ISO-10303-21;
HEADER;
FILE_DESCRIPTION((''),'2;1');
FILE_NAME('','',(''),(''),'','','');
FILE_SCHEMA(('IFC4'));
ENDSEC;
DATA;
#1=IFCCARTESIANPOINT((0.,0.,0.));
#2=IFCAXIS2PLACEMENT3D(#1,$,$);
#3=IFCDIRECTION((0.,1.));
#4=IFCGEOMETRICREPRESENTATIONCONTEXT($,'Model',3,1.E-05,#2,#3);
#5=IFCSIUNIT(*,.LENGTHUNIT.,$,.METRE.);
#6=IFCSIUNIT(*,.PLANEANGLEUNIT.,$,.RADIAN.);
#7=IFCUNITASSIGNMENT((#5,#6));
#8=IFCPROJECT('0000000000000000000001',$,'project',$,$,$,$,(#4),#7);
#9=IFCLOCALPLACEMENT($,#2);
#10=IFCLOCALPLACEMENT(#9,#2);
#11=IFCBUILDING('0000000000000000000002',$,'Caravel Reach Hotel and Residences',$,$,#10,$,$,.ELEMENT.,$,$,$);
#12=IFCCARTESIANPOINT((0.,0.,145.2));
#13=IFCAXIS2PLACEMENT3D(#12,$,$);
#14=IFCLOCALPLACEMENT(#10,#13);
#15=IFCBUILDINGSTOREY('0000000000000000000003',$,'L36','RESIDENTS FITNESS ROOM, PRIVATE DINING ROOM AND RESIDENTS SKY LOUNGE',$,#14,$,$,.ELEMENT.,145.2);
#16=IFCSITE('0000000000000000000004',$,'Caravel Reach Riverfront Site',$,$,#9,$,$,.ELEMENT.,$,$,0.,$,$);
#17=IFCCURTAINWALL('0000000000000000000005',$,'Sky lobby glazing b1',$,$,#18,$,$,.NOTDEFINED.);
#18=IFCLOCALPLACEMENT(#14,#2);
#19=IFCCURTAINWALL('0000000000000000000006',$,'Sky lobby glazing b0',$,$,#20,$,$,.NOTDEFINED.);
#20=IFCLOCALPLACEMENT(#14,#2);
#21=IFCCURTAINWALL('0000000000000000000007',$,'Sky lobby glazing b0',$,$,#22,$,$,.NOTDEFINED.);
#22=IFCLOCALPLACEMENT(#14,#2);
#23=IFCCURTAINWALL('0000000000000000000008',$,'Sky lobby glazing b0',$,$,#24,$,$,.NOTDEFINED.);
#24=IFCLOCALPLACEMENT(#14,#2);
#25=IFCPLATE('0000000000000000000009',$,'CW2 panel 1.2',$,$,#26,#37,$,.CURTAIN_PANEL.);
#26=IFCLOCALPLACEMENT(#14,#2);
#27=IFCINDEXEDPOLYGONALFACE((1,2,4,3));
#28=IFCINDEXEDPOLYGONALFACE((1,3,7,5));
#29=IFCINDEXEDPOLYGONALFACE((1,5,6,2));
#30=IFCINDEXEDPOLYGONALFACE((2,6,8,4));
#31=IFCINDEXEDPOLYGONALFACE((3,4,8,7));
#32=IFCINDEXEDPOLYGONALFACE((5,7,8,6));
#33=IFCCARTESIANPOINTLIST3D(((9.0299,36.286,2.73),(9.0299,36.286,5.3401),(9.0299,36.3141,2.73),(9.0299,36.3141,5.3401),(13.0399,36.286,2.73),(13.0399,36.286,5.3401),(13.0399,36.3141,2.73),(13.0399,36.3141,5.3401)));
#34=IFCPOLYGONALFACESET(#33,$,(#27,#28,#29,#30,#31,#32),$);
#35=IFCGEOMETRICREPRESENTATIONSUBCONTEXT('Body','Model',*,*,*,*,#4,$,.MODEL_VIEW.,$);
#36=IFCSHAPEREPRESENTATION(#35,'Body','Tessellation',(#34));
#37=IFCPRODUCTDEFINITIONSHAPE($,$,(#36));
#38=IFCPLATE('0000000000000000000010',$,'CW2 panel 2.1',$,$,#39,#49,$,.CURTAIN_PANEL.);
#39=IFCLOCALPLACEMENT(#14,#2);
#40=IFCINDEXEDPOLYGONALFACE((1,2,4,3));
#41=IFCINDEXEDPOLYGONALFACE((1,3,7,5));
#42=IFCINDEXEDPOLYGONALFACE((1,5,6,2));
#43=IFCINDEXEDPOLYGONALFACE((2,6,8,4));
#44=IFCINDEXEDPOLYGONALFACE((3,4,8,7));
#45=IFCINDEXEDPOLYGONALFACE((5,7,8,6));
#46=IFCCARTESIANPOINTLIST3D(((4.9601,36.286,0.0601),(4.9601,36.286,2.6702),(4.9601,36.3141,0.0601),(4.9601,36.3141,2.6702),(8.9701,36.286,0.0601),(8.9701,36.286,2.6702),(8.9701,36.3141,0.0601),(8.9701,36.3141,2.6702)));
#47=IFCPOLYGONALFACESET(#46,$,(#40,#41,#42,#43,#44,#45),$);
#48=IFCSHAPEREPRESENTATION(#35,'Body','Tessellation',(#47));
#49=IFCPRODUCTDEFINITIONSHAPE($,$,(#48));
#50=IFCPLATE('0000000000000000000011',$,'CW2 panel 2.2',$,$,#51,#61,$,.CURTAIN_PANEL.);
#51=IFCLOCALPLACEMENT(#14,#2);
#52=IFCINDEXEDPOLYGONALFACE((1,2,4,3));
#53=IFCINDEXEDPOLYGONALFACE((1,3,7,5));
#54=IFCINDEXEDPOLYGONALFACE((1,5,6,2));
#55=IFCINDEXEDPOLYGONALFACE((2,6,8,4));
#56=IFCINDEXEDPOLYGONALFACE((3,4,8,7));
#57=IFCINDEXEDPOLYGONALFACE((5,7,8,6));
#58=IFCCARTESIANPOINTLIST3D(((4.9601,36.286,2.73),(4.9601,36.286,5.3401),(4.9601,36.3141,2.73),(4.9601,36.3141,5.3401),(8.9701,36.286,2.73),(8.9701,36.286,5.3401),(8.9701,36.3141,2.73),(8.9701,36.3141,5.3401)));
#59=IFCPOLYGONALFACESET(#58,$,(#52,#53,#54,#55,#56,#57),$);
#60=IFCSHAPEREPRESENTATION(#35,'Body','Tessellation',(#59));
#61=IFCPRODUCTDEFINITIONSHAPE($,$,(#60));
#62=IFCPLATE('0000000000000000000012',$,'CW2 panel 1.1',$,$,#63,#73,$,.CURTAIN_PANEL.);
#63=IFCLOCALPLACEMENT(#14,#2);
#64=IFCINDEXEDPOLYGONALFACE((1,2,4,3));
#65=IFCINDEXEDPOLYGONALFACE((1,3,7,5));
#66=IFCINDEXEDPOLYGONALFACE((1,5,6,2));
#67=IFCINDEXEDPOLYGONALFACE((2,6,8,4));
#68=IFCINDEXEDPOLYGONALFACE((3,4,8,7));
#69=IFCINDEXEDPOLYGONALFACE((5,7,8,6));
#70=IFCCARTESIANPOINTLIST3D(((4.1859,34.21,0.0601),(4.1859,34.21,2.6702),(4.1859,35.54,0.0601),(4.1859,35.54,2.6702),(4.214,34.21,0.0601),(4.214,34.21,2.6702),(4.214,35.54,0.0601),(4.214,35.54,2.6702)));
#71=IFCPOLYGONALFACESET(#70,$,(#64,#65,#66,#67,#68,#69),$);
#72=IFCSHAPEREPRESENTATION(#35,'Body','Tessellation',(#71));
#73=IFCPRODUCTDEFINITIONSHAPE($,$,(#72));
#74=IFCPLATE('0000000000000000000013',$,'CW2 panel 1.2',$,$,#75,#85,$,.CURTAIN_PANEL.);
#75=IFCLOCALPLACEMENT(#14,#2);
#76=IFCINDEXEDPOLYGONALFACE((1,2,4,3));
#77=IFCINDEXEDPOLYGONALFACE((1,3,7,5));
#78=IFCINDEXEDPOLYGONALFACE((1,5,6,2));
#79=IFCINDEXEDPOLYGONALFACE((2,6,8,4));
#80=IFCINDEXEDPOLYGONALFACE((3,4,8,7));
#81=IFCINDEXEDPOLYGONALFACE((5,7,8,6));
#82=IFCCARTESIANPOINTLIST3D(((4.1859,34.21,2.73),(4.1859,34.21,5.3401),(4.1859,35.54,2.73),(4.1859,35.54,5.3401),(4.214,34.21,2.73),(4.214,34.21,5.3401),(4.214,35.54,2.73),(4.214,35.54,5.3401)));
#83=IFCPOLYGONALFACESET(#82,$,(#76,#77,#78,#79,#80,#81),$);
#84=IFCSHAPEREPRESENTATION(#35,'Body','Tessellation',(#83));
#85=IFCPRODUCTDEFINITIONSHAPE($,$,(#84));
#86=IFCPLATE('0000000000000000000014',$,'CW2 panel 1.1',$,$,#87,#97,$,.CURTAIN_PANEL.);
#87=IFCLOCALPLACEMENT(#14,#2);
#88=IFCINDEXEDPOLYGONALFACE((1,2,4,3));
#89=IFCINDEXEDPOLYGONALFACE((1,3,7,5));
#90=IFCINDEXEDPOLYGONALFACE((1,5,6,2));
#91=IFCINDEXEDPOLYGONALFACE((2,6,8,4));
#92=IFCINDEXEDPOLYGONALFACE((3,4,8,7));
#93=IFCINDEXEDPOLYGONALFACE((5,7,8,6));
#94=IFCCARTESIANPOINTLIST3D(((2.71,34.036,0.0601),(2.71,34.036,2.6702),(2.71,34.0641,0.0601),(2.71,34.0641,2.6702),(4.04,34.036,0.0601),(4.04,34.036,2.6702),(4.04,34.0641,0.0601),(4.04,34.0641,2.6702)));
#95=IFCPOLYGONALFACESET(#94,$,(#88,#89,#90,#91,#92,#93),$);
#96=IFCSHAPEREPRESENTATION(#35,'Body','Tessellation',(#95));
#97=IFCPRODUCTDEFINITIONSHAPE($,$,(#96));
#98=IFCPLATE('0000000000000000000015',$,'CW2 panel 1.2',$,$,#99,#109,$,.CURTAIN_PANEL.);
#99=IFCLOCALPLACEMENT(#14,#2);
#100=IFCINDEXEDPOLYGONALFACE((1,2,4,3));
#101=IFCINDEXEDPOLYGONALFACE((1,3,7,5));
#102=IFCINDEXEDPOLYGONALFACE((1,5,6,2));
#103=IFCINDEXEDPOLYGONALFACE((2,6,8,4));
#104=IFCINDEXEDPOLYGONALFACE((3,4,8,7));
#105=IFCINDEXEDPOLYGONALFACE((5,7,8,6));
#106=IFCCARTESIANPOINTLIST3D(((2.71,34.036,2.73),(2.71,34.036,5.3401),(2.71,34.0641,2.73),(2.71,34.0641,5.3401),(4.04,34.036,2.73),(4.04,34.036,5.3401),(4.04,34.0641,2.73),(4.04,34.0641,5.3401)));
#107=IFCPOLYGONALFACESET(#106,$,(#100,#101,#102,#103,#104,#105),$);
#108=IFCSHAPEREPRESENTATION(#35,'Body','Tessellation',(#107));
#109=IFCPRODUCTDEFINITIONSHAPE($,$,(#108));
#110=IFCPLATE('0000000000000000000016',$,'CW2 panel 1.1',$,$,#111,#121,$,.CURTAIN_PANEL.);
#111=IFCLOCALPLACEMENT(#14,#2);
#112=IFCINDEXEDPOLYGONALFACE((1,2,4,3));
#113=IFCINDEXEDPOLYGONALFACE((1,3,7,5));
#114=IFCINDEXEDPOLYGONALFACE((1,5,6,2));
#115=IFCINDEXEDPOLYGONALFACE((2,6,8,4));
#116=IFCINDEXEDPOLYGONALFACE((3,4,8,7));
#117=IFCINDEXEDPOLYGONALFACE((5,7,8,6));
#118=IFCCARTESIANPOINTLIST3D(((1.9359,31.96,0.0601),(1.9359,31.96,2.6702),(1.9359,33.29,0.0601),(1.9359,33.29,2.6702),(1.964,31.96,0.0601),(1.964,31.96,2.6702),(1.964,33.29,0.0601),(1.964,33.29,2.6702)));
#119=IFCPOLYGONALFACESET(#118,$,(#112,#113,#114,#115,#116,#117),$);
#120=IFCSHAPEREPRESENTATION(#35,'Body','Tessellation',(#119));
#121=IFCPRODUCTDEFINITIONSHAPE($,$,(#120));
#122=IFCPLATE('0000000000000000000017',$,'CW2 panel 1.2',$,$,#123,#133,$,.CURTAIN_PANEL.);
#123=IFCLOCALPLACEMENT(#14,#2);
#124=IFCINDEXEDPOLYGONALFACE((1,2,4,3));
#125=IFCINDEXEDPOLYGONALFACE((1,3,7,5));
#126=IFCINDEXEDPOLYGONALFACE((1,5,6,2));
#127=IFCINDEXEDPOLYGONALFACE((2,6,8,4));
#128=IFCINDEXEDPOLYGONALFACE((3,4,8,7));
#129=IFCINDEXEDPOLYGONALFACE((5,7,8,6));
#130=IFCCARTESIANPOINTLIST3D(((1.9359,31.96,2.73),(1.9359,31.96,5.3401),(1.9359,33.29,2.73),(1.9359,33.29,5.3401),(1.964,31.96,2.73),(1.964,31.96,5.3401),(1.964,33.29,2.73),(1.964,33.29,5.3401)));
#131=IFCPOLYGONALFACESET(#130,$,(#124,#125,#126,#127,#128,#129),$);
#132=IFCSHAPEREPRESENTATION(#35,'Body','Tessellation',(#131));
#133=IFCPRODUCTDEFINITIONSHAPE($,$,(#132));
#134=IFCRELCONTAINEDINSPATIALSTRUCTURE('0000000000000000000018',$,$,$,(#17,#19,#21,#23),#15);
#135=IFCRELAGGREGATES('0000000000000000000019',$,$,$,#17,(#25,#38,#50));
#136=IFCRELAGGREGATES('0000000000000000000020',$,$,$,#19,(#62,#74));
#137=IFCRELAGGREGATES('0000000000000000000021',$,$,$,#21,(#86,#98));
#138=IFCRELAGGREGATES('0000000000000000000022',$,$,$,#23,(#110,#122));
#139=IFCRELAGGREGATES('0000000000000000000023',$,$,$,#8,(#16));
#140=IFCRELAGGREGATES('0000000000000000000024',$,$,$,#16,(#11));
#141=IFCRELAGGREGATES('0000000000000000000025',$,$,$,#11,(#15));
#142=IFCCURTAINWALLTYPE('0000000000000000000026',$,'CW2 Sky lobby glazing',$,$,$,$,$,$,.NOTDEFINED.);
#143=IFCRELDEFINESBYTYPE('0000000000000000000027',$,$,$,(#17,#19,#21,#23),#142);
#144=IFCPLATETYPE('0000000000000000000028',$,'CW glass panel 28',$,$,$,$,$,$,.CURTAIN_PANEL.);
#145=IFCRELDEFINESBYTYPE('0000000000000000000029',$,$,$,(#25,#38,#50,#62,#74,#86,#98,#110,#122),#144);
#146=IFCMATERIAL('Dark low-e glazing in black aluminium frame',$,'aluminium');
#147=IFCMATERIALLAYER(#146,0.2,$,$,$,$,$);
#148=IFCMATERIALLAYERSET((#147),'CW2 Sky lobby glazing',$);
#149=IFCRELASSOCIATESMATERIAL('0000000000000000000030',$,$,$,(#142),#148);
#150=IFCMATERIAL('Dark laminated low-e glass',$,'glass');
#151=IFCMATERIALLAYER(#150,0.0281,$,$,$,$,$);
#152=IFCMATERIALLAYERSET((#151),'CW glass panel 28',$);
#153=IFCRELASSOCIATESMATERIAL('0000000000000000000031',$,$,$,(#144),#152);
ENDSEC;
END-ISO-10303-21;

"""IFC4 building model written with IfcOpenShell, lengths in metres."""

from ifc_helpers import new_model, si_unit, direction, frame, origin, origin_2d, place, context, subcontext, project, spatial, rectangle, extrude, material, layer, layer_set, type_object, element, aggregate, save


model = new_model("IFC4")

# Units and contexts
model_context = context("Model", 3, precision=1e-05, world=origin(), true_north=direction((0.0, 1.0)))
body_context = subcontext(model_context, "Body", "Model", "MODEL_VIEW")
ifc_project = project(units=[si_unit("LENGTHUNIT", "METRE"), si_unit("PLANEANGLEUNIT", "RADIAN")], contexts=[model_context])

# Site, building, storey
site_placement = place(None, origin())
site = spatial("IfcSite", under=ifc_project, at=site_placement, Name="Caravel Reach Riverfront Site", CompositionType="ELEMENT", RefElevation=0.0)
building_placement = place(site_placement, origin())
building = spatial("IfcBuilding", under=site, at=building_placement, Name="Caravel Reach Hotel and Residences", CompositionType="ELEMENT")
storey_placement = place(building_placement, frame((0.0, 0.0, 145.2)))
storey = spatial("IfcBuildingStorey", under=building, at=storey_placement, Name="L36", Description="RESIDENTS FITNESS ROOM, PRIVATE DINING ROOM AND RESIDENTS SKY LOUNGE", CompositionType="ELEMENT", Elevation=145.2)

# Curtain walls
ifc_material_1 = material(Name="Dark low-e glazing in black aluminium frame", Category="aluminium")
ifc_layer_1 = layer(ifc_material_1, 0.2)
ifc_layer_set_1 = layer_set([ifc_layer_1], Name="CW2 Sky lobby glazing")
curtain_wall_type = type_object("IfcCurtainWallType", Name="CW2 Sky lobby glazing", PredefinedType="NOTDEFINED", material=ifc_layer_set_1)
curtain_wall_1_placement = place(storey_placement, origin())
curtain_wall_1 = element("IfcCurtainWall", 1, at=curtain_wall_1_placement, inside=storey, type_object=curtain_wall_type, Name="Sky lobby glazing b1", PredefinedType="NOTDEFINED")
curtain_wall_2_placement = place(storey_placement, origin())
curtain_wall_2 = element("IfcCurtainWall", 2, at=curtain_wall_2_placement, inside=storey, type_object=curtain_wall_type, Name="Sky lobby glazing b0", PredefinedType="NOTDEFINED")
curtain_wall_3_placement = place(storey_placement, origin())
curtain_wall_3 = element("IfcCurtainWall", 3, at=curtain_wall_3_placement, inside=storey, type_object=curtain_wall_type, Name="Sky lobby glazing b0", PredefinedType="NOTDEFINED")
curtain_wall_4_placement = place(storey_placement, origin())
curtain_wall_4 = element("IfcCurtainWall", 4, at=curtain_wall_4_placement, inside=storey, type_object=curtain_wall_type, Name="Sky lobby glazing b0", PredefinedType="NOTDEFINED")

# Plates
ifc_material_2 = material(Name="Dark laminated low-e glass", Category="glass")
ifc_layer_2 = layer(ifc_material_2, 0.0281)
ifc_layer_set_2 = layer_set([ifc_layer_2], Name="CW glass panel 28")
plate_type = type_object("IfcPlateType", Name="CW glass panel 28", PredefinedType="CURTAIN_PANEL", material=ifc_layer_set_2)
plate_1_placement = place(storey_placement, frame((11.0349, 36.3, 2.73), z_axis=(0.0, 0.0, 1.0), x_axis=(-1.0, 0.0, 0.0)))
plate_1 = element("IfcPlate", 5, at=plate_1_placement, type_object=plate_type, Name="CW2 panel 1.2", PredefinedType="CURTAIN_PANEL", context=body_context, shape_type="SweptSolid", body=[
    extrude(rectangle(XDim=4.01, YDim=0.0281, at=origin_2d()), origin(), (0.0, 0.0, 1.0), 2.6101),
])
plate_2_placement = place(storey_placement, frame((6.9651, 36.3, 0.0601), z_axis=(0.0, 0.0, 1.0), x_axis=(-1.0, 0.0, 0.0)))
plate_2 = element("IfcPlate", 6, at=plate_2_placement, type_object=plate_type, Name="CW2 panel 2.1", PredefinedType="CURTAIN_PANEL", context=body_context, shape_type="SweptSolid", body=[
    extrude(rectangle(XDim=4.01, YDim=0.0281, at=origin_2d()), origin(), (0.0, 0.0, 1.0), 2.6101),
])
plate_3_placement = place(storey_placement, frame((6.9651, 36.3, 2.73), z_axis=(0.0, 0.0, 1.0), x_axis=(-1.0, 0.0, 0.0)))
plate_3 = element("IfcPlate", 7, at=plate_3_placement, type_object=plate_type, Name="CW2 panel 2.2", PredefinedType="CURTAIN_PANEL", context=body_context, shape_type="SweptSolid", body=[
    extrude(rectangle(XDim=4.01, YDim=0.0281, at=origin_2d()), origin(), (0.0, 0.0, 1.0), 2.6101),
])
aggregate(curtain_wall_1, [plate_1, plate_2, plate_3])
plate_4_placement = place(storey_placement, frame((4.2, 34.875, 0.0601), z_axis=(0.0, 0.0, 1.0), x_axis=(0.0, -1.0, 0.0)))
plate_4 = element("IfcPlate", 8, at=plate_4_placement, type_object=plate_type, Name="CW2 panel 1.1", PredefinedType="CURTAIN_PANEL", context=body_context, shape_type="SweptSolid", body=[
    extrude(rectangle(XDim=1.3301, YDim=0.0281, at=origin_2d()), origin(), (0.0, 0.0, 1.0), 2.6101),
])
plate_5_placement = place(storey_placement, frame((4.2, 34.875, 2.73), z_axis=(0.0, 0.0, 1.0), x_axis=(0.0, -1.0, 0.0)))
plate_5 = element("IfcPlate", 9, at=plate_5_placement, type_object=plate_type, Name="CW2 panel 1.2", PredefinedType="CURTAIN_PANEL", context=body_context, shape_type="SweptSolid", body=[
    extrude(rectangle(XDim=1.3301, YDim=0.0281, at=origin_2d()), origin(), (0.0, 0.0, 1.0), 2.6101),
])
aggregate(curtain_wall_2, [plate_4, plate_5])
plate_6_placement = place(storey_placement, frame((3.375, 34.05, 0.0601), z_axis=(0.0, 0.0, 1.0), x_axis=(-1.0, 0.0, 0.0)))
plate_6 = element("IfcPlate", 10, at=plate_6_placement, type_object=plate_type, Name="CW2 panel 1.1", PredefinedType="CURTAIN_PANEL", context=body_context, shape_type="SweptSolid", body=[
    extrude(rectangle(XDim=1.3301, YDim=0.0281, at=origin_2d()), origin(), (0.0, 0.0, 1.0), 2.6101),
])
plate_7_placement = place(storey_placement, frame((3.375, 34.05, 2.73), z_axis=(0.0, 0.0, 1.0), x_axis=(-1.0, 0.0, 0.0)))
plate_7 = element("IfcPlate", 11, at=plate_7_placement, type_object=plate_type, Name="CW2 panel 1.2", PredefinedType="CURTAIN_PANEL", context=body_context, shape_type="SweptSolid", body=[
    extrude(rectangle(XDim=1.3301, YDim=0.0281, at=origin_2d()), origin(), (0.0, 0.0, 1.0), 2.6101),
])
aggregate(curtain_wall_3, [plate_6, plate_7])
plate_8_placement = place(storey_placement, frame((1.95, 32.625, 0.0601), z_axis=(0.0, 0.0, 1.0), x_axis=(0.0, -1.0, 0.0)))
plate_8 = element("IfcPlate", 12, at=plate_8_placement, type_object=plate_type, Name="CW2 panel 1.1", PredefinedType="CURTAIN_PANEL", context=body_context, shape_type="SweptSolid", body=[
    extrude(rectangle(XDim=1.3301, YDim=0.0281, at=origin_2d()), origin(), (0.0, 0.0, 1.0), 2.6101),
])
plate_9_placement = place(storey_placement, frame((1.95, 32.625, 2.73), z_axis=(0.0, 0.0, 1.0), x_axis=(0.0, -1.0, 0.0)))
plate_9 = element("IfcPlate", 13, at=plate_9_placement, type_object=plate_type, Name="CW2 panel 1.2", PredefinedType="CURTAIN_PANEL", context=body_context, shape_type="SweptSolid", body=[
    extrude(rectangle(XDim=1.3301, YDim=0.0281, at=origin_2d()), origin(), (0.0, 0.0, 1.0), 2.6101),
])
aggregate(curtain_wall_4, [plate_8, plate_9])

save(model, "model.ifc")
